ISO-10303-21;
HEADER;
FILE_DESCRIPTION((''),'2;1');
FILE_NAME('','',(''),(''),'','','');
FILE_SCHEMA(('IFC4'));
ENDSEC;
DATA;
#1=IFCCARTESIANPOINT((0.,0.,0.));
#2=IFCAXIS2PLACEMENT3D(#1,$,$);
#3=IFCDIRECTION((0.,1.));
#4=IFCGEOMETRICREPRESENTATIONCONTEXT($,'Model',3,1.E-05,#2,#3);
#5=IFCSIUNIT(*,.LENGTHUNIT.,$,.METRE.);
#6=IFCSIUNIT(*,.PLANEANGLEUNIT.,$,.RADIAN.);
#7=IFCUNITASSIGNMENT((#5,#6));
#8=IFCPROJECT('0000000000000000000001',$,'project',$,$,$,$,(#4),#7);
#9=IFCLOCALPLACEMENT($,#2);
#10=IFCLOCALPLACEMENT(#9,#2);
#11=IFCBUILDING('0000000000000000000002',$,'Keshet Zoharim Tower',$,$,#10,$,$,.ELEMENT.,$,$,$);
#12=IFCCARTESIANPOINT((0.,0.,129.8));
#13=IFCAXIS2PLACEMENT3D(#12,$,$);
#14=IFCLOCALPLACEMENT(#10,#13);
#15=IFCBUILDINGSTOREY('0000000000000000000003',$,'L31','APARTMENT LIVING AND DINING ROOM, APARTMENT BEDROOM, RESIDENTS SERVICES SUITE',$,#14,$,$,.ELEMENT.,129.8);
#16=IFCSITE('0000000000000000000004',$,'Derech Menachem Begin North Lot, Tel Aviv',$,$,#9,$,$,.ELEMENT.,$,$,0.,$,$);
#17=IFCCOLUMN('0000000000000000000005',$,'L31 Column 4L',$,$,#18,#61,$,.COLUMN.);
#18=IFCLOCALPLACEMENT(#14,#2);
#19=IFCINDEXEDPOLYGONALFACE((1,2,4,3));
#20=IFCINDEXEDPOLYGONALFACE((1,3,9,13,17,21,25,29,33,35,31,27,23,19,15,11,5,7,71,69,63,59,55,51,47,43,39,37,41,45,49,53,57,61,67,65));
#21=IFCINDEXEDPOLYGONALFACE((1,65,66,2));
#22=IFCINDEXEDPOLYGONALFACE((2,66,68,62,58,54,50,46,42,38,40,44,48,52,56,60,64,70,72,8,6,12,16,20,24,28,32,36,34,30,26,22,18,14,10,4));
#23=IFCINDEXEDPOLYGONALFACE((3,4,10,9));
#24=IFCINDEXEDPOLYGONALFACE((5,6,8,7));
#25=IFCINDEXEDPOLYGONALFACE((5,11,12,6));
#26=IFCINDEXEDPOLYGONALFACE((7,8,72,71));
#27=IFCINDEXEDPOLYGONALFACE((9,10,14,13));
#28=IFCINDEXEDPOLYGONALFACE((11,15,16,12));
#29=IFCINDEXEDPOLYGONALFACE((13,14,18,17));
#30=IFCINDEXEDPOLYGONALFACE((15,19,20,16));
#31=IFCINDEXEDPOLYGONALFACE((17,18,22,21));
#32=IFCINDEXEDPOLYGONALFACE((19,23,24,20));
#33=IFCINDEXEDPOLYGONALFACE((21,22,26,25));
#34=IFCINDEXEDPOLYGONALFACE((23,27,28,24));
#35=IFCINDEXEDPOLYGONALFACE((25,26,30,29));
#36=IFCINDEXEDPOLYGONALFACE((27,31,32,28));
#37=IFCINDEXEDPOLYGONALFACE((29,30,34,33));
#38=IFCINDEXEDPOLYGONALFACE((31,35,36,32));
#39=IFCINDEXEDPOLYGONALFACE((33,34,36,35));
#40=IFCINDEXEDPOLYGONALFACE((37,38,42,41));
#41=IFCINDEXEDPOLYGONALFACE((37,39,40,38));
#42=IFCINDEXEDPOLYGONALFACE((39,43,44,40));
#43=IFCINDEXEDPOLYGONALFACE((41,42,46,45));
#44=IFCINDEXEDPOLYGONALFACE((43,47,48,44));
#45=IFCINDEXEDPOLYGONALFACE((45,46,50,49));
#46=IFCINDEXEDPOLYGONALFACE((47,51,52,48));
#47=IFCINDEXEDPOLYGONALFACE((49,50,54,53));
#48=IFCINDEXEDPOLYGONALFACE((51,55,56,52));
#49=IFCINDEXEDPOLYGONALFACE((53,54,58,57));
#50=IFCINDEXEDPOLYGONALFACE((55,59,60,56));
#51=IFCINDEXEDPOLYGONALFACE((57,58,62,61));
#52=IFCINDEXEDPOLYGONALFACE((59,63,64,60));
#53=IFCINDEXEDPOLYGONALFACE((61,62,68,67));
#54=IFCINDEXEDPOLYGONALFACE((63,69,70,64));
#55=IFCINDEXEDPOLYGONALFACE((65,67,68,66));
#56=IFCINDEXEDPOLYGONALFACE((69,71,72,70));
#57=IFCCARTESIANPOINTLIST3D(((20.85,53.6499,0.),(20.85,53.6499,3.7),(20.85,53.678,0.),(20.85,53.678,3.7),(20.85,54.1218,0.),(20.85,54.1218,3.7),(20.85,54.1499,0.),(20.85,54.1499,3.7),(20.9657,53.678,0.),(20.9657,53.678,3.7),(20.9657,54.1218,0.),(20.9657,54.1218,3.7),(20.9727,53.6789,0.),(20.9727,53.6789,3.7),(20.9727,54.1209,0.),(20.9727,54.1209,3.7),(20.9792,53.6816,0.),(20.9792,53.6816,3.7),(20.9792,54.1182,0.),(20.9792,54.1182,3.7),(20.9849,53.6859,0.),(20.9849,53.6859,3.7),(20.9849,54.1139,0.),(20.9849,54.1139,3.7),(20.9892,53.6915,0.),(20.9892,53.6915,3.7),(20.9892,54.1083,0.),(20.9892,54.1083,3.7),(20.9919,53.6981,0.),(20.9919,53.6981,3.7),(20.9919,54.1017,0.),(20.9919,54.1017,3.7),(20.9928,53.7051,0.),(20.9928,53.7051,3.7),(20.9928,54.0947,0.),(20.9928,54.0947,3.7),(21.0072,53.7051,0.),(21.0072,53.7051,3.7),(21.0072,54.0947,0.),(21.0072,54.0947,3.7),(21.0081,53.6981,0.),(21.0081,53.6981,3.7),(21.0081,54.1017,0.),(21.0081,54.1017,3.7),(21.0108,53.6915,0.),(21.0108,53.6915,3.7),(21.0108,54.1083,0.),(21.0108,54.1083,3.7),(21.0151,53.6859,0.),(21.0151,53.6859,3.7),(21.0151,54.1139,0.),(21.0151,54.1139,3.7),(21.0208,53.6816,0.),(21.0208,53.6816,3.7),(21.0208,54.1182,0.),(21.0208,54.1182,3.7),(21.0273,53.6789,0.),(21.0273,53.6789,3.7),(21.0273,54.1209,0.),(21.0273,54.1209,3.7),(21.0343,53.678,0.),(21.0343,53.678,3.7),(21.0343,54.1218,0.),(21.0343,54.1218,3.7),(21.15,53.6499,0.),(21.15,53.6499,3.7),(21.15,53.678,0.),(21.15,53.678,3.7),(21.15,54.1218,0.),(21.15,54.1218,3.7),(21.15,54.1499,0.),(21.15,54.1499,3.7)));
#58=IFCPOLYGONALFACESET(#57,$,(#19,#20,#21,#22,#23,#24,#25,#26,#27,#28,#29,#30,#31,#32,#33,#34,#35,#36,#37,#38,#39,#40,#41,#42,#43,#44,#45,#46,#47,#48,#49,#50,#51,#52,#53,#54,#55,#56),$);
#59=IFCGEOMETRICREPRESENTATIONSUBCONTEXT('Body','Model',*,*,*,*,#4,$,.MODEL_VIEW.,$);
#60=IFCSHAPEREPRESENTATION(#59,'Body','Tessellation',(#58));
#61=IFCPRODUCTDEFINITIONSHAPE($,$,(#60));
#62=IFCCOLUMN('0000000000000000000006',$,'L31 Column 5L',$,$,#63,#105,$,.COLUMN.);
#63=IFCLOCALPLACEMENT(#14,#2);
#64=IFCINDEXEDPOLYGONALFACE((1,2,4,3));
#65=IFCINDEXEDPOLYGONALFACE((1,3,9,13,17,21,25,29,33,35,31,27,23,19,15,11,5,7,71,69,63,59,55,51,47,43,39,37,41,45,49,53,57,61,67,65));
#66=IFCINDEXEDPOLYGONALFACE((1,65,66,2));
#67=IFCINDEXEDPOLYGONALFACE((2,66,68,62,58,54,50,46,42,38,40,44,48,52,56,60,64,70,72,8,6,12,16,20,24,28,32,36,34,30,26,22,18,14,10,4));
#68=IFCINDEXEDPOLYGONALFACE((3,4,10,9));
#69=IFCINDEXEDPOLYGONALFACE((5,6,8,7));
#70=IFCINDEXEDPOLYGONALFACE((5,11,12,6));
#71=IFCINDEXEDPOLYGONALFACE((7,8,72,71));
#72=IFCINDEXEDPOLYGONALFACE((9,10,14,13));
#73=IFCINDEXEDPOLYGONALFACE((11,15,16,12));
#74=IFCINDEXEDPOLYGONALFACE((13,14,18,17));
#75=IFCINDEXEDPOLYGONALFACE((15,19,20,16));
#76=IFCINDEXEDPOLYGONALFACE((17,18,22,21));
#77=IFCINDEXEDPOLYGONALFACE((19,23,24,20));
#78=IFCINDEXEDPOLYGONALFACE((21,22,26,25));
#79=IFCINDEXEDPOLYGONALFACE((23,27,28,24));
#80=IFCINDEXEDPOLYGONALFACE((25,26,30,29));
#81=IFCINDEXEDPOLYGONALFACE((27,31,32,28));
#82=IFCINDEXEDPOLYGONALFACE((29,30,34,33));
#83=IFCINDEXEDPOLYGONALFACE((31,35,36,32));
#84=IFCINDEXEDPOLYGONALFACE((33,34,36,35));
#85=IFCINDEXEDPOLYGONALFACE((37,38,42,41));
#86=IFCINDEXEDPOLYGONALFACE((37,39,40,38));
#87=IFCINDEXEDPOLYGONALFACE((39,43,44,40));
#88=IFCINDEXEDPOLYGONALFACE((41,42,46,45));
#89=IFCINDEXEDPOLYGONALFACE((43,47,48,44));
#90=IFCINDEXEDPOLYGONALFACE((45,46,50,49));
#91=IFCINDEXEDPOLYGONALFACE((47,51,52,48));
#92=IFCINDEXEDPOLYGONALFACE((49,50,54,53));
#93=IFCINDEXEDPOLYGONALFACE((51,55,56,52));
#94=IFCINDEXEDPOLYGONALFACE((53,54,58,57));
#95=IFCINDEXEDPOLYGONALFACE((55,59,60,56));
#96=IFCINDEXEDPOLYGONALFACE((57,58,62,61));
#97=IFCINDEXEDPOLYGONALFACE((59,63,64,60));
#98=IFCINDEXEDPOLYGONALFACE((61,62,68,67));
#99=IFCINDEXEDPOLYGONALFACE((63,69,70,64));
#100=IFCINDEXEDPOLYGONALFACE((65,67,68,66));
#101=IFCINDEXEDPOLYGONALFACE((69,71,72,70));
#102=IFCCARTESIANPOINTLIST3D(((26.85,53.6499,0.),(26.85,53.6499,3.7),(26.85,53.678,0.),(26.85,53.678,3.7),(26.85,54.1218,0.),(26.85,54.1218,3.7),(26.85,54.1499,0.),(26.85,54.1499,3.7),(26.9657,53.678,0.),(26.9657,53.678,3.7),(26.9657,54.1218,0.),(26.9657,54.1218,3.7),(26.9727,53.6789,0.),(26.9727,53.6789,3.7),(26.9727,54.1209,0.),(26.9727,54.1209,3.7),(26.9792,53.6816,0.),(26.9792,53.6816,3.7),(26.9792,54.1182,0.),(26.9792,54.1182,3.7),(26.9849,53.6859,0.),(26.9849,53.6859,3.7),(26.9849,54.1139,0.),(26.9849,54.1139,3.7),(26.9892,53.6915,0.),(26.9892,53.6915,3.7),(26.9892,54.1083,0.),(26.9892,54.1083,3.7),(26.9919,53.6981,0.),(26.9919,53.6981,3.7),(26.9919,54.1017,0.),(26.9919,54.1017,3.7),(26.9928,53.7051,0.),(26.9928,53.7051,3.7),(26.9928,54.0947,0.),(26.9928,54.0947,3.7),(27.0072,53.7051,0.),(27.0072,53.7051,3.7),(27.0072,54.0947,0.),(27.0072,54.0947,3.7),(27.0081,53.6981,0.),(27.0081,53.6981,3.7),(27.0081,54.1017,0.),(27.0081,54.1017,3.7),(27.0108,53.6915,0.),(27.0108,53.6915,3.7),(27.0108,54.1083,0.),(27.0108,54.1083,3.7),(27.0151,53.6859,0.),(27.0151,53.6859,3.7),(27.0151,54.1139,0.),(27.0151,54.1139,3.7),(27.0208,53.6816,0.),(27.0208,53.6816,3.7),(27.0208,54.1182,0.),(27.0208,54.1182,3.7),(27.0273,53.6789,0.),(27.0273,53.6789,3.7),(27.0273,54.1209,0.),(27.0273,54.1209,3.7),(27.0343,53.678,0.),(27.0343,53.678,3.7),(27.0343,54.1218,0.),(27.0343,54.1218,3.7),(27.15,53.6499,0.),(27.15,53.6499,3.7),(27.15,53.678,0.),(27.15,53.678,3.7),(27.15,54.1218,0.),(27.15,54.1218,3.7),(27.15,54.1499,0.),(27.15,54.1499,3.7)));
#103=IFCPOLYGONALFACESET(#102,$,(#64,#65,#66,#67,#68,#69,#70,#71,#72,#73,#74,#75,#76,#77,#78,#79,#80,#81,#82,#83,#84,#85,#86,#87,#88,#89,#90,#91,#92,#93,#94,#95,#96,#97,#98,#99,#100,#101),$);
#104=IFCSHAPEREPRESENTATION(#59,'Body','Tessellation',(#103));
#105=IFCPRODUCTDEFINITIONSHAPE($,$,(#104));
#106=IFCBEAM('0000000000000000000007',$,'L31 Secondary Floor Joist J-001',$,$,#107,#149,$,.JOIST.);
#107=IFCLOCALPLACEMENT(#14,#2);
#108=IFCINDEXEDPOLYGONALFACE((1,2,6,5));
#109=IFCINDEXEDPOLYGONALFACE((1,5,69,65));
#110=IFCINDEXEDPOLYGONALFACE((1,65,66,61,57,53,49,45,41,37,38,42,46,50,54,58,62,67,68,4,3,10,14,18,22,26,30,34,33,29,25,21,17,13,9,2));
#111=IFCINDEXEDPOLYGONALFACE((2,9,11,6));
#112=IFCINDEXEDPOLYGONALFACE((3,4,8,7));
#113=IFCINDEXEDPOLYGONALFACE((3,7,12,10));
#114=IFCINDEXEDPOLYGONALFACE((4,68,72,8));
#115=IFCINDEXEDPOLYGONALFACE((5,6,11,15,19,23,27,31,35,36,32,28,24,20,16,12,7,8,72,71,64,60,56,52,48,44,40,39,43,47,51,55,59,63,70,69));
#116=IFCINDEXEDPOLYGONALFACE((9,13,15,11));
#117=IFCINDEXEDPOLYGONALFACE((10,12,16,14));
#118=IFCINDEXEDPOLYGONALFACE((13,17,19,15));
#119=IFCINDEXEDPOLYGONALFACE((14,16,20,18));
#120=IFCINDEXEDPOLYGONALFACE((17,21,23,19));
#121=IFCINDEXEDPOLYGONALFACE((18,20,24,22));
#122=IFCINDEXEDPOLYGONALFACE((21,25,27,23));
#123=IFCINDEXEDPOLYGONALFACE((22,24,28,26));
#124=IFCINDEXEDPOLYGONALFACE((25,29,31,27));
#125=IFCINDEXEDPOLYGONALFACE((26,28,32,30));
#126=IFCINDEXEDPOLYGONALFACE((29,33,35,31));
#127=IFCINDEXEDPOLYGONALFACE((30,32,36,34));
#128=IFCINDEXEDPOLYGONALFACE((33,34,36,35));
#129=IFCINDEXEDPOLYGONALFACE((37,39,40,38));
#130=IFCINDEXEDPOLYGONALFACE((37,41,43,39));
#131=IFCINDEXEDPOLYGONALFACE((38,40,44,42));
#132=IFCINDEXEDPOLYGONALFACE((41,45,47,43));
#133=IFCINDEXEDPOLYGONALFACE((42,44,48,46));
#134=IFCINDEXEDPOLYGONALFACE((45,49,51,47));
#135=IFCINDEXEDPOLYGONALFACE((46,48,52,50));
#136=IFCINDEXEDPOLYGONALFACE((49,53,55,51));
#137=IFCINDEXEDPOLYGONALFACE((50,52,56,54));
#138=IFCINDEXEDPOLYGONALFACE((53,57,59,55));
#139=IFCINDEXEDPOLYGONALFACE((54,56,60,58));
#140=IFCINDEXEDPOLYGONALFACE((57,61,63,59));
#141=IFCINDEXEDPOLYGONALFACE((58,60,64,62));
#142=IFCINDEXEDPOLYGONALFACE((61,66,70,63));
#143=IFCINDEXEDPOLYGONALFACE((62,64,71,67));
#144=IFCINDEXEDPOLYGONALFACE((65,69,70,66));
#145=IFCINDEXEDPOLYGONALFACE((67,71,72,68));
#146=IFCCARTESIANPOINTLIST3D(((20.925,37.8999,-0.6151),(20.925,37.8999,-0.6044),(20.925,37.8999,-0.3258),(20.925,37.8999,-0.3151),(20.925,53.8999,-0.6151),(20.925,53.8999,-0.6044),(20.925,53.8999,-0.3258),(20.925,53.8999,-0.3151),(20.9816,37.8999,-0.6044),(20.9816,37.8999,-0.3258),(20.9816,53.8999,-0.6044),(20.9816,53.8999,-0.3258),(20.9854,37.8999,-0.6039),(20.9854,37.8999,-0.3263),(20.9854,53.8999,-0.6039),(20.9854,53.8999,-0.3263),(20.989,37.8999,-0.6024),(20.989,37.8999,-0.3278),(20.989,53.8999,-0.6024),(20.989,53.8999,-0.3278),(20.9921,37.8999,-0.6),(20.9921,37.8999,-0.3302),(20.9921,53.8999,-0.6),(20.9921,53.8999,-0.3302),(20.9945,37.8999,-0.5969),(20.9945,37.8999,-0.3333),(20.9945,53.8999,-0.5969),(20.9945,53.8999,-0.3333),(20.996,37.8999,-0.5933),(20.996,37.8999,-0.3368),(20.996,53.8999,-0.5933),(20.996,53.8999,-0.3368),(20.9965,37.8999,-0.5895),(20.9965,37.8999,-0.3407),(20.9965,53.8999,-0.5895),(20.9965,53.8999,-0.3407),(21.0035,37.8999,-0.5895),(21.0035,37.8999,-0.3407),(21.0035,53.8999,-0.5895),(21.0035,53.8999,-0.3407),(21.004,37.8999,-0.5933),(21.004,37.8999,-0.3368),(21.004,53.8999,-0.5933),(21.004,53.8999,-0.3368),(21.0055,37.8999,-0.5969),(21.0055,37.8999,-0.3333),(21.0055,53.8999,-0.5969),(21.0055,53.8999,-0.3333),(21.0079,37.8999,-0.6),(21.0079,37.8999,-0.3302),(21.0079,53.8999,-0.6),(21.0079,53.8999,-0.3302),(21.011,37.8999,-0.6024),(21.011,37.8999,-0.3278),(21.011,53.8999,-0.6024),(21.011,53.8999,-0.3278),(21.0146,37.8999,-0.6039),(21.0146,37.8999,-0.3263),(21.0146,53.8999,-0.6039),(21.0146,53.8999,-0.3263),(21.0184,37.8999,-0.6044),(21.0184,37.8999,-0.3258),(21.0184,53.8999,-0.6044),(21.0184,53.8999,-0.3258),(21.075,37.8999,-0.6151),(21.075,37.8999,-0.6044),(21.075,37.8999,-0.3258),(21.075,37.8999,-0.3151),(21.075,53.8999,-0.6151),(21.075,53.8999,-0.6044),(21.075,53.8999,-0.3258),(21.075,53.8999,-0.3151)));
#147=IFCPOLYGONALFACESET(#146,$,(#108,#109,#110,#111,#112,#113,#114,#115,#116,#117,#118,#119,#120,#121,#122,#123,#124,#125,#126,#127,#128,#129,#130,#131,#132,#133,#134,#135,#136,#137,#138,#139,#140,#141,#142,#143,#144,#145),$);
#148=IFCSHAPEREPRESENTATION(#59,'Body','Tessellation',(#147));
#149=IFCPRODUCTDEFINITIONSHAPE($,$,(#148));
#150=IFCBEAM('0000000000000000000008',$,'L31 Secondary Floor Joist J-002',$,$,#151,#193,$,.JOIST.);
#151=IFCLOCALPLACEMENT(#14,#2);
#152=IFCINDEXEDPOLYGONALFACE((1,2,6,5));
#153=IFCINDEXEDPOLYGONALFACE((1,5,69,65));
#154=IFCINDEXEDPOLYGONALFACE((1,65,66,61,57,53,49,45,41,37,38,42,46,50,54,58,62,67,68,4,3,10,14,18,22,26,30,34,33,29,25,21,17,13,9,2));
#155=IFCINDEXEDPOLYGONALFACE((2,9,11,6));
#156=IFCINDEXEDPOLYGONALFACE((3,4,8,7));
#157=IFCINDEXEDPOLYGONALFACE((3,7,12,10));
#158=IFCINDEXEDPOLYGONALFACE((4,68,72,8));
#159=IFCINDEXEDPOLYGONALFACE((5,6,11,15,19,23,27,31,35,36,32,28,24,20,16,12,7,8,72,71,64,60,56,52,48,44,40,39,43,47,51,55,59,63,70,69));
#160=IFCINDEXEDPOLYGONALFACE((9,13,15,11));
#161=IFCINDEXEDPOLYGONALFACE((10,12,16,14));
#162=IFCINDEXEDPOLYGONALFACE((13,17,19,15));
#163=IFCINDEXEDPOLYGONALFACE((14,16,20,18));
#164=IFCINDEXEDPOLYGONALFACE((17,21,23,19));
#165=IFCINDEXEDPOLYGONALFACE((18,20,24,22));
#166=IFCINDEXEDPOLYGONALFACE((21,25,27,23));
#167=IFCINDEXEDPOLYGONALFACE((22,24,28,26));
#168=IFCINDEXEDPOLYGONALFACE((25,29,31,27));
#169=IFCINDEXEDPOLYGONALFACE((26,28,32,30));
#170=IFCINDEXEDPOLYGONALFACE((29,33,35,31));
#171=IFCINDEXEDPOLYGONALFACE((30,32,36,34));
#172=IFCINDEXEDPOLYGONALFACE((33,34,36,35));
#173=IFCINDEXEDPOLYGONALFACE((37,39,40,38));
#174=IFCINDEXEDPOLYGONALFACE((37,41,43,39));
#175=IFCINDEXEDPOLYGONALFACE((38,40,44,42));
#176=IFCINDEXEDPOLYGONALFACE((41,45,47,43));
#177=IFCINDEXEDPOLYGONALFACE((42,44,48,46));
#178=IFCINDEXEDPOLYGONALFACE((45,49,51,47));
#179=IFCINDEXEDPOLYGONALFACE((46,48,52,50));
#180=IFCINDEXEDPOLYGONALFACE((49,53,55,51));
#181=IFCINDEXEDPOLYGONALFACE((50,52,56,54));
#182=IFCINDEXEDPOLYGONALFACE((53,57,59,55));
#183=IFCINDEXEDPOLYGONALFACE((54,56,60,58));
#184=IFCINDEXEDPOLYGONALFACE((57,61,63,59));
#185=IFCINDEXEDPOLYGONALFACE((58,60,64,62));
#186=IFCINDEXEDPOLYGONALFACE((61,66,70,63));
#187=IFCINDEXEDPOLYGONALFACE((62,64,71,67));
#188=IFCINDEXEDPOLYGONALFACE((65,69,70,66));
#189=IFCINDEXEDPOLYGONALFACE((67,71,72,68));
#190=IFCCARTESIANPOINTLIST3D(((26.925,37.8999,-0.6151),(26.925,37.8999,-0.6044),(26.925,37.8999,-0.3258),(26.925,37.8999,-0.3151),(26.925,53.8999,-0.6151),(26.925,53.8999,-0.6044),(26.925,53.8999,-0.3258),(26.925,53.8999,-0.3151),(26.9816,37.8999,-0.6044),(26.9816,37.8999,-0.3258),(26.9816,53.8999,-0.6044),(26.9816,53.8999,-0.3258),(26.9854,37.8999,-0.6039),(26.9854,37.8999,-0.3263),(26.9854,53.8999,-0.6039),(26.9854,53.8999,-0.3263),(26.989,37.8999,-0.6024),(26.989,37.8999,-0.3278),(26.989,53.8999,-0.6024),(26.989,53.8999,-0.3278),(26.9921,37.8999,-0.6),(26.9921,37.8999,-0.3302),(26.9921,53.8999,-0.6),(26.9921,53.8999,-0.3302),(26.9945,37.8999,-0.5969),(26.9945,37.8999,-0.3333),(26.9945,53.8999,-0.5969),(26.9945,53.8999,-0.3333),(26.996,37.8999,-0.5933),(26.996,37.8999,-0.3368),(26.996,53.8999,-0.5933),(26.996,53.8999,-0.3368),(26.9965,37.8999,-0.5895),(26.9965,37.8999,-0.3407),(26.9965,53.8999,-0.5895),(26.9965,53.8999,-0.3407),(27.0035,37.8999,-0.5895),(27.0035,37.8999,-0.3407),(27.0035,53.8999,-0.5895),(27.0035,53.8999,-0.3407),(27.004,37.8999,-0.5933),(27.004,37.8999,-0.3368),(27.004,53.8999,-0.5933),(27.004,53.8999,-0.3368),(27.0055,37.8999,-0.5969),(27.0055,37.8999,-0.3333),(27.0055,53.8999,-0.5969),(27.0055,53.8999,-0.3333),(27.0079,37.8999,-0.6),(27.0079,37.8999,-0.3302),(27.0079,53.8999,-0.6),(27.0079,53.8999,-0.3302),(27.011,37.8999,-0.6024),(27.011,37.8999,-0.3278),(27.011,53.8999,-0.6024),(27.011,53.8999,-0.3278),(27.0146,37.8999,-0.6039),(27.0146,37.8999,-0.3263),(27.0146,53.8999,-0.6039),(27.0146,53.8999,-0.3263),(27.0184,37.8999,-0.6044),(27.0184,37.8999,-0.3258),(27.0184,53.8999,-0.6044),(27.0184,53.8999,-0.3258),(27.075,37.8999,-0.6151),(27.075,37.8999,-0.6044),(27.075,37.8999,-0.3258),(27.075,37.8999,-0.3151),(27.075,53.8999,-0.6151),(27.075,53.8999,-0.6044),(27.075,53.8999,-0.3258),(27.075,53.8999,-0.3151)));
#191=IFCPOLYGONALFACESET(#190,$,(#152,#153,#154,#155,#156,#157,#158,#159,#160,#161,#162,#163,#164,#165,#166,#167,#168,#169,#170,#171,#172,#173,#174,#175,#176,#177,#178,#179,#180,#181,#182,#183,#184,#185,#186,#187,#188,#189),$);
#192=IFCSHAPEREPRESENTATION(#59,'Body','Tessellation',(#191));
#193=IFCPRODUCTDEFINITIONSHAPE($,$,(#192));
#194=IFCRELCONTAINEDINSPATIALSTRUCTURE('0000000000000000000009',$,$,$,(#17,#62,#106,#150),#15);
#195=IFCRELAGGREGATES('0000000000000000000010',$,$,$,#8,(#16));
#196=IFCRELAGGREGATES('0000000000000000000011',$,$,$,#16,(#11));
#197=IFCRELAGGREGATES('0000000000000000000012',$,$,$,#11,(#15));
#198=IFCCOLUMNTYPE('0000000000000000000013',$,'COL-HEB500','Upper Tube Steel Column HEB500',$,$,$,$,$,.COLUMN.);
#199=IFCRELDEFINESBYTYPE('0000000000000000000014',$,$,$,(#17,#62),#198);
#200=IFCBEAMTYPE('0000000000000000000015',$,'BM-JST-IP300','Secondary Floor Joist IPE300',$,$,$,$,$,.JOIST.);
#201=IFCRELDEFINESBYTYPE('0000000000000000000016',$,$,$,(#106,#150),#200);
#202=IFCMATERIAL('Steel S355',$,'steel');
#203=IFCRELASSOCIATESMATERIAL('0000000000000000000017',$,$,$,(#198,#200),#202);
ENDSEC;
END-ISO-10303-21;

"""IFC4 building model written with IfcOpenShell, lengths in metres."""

from ifc_helpers import new_model, si_unit, direction, frame, origin, origin_2d, place, context, subcontext, project, spatial, i_section, extrude, material, material_profile, profile_set, type_object, element, save


model = new_model("IFC4")

# Units and contexts
model_context = context("Model", 3, precision=1e-05, world=origin(), true_north=direction((0.0, 1.0)))
body_context = subcontext(model_context, "Body", "Model", "MODEL_VIEW")
ifc_project = project(units=[si_unit("LENGTHUNIT", "METRE"), si_unit("PLANEANGLEUNIT", "RADIAN")], contexts=[model_context])

# Site, building, storey
site_placement = place(None, origin())
site = spatial("IfcSite", under=ifc_project, at=site_placement, Name="Derech Menachem Begin North Lot, Tel Aviv", CompositionType="ELEMENT", RefElevation=0.0)
building_placement = place(site_placement, origin())
building = spatial("IfcBuilding", under=site, at=building_placement, Name="Keshet Zoharim Tower", CompositionType="ELEMENT")
storey_placement = place(building_placement, frame((0.0, 0.0, 129.8)))
storey = spatial("IfcBuildingStorey", under=building, at=storey_placement, Name="L31", Description="APARTMENT LIVING AND DINING ROOM, APARTMENT BEDROOM, RESIDENTS SERVICES SUITE", CompositionType="ELEMENT", Elevation=129.8)

# Columns
ifc_material_1 = material(Name="Steel S355", Category="steel")
ifc_material_profile_1 = material_profile(ifc_material_1, i_section(OverallWidth=0.3, OverallDepth=0.5, WebThickness=0.0144, FlangeThickness=0.0281, FilletRadius=0.0271, at=origin_2d()), Name="HEB500")
ifc_profile_set_1 = profile_set([ifc_material_profile_1], Name="Steel S355")
column_type = type_object("IfcColumnType", Name="COL-HEB500", Description="Upper Tube Steel Column HEB500", PredefinedType="COLUMN", material=ifc_profile_set_1)
for number, where, z_axis, x_axis, name in (
    (1, (21.0, 53.8999, 0.0), (0.0, 0.0, 1.0), (1.0, 0.0, 0.0), "L31 Column 4L"),
    (2, (27.0, 53.8999, 0.0), (0.0, 0.0, 1.0), (1.0, 0.0, 0.0), "L31 Column 5L"),
):
    element("IfcColumn", number, at=place(storey_placement, frame(where, z_axis=z_axis, x_axis=x_axis)), inside=storey, type_object=column_type, Name=name, PredefinedType="COLUMN", context=body_context, shape_type="SweptSolid", body=[
        extrude(i_section(OverallWidth=0.3, OverallDepth=0.5, WebThickness=0.0144, FlangeThickness=0.0281, FilletRadius=0.0271, at=origin_2d()), origin(), (0.0, 0.0, 1.0), 3.7),
    ])

# Beams
ifc_material_profile_2 = material_profile(ifc_material_1, i_section(OverallWidth=0.1499, OverallDepth=0.3, WebThickness=0.0071, FlangeThickness=0.0107, FilletRadius=0.0149, at=origin_2d()), Name="IPE300")
ifc_profile_set_2 = profile_set([ifc_material_profile_2], Name="Steel S355")
beam_type_1 = type_object("IfcBeamType", Name="BM-JST-IP300", Description="Secondary Floor Joist IPE300", PredefinedType="JOIST", material=ifc_profile_set_2)
for number, where, z_axis, x_axis, name in (
    (3, (21.0, 37.8999, -0.4651), (0.0, 1.0, 0.0), (-1.0, 0.0, 0.0), "L31 Secondary Floor Joist J-001"),
    (4, (27.0, 37.8999, -0.4651), (0.0, 1.0, 0.0), (-1.0, 0.0, 0.0), "L31 Secondary Floor Joist J-002"),
):
    element("IfcBeam", number, at=place(storey_placement, frame(where, z_axis=z_axis, x_axis=x_axis)), inside=storey, type_object=beam_type_1, Name=name, PredefinedType="JOIST", context=body_context, shape_type="SweptSolid", body=[
        extrude(i_section(OverallWidth=0.1499, OverallDepth=0.3, WebThickness=0.0071, FlangeThickness=0.0107, FilletRadius=0.0149, at=origin_2d()), origin(), (0.0, 0.0, 1.0), 16.0),
    ])

save(model, "model.ifc")
